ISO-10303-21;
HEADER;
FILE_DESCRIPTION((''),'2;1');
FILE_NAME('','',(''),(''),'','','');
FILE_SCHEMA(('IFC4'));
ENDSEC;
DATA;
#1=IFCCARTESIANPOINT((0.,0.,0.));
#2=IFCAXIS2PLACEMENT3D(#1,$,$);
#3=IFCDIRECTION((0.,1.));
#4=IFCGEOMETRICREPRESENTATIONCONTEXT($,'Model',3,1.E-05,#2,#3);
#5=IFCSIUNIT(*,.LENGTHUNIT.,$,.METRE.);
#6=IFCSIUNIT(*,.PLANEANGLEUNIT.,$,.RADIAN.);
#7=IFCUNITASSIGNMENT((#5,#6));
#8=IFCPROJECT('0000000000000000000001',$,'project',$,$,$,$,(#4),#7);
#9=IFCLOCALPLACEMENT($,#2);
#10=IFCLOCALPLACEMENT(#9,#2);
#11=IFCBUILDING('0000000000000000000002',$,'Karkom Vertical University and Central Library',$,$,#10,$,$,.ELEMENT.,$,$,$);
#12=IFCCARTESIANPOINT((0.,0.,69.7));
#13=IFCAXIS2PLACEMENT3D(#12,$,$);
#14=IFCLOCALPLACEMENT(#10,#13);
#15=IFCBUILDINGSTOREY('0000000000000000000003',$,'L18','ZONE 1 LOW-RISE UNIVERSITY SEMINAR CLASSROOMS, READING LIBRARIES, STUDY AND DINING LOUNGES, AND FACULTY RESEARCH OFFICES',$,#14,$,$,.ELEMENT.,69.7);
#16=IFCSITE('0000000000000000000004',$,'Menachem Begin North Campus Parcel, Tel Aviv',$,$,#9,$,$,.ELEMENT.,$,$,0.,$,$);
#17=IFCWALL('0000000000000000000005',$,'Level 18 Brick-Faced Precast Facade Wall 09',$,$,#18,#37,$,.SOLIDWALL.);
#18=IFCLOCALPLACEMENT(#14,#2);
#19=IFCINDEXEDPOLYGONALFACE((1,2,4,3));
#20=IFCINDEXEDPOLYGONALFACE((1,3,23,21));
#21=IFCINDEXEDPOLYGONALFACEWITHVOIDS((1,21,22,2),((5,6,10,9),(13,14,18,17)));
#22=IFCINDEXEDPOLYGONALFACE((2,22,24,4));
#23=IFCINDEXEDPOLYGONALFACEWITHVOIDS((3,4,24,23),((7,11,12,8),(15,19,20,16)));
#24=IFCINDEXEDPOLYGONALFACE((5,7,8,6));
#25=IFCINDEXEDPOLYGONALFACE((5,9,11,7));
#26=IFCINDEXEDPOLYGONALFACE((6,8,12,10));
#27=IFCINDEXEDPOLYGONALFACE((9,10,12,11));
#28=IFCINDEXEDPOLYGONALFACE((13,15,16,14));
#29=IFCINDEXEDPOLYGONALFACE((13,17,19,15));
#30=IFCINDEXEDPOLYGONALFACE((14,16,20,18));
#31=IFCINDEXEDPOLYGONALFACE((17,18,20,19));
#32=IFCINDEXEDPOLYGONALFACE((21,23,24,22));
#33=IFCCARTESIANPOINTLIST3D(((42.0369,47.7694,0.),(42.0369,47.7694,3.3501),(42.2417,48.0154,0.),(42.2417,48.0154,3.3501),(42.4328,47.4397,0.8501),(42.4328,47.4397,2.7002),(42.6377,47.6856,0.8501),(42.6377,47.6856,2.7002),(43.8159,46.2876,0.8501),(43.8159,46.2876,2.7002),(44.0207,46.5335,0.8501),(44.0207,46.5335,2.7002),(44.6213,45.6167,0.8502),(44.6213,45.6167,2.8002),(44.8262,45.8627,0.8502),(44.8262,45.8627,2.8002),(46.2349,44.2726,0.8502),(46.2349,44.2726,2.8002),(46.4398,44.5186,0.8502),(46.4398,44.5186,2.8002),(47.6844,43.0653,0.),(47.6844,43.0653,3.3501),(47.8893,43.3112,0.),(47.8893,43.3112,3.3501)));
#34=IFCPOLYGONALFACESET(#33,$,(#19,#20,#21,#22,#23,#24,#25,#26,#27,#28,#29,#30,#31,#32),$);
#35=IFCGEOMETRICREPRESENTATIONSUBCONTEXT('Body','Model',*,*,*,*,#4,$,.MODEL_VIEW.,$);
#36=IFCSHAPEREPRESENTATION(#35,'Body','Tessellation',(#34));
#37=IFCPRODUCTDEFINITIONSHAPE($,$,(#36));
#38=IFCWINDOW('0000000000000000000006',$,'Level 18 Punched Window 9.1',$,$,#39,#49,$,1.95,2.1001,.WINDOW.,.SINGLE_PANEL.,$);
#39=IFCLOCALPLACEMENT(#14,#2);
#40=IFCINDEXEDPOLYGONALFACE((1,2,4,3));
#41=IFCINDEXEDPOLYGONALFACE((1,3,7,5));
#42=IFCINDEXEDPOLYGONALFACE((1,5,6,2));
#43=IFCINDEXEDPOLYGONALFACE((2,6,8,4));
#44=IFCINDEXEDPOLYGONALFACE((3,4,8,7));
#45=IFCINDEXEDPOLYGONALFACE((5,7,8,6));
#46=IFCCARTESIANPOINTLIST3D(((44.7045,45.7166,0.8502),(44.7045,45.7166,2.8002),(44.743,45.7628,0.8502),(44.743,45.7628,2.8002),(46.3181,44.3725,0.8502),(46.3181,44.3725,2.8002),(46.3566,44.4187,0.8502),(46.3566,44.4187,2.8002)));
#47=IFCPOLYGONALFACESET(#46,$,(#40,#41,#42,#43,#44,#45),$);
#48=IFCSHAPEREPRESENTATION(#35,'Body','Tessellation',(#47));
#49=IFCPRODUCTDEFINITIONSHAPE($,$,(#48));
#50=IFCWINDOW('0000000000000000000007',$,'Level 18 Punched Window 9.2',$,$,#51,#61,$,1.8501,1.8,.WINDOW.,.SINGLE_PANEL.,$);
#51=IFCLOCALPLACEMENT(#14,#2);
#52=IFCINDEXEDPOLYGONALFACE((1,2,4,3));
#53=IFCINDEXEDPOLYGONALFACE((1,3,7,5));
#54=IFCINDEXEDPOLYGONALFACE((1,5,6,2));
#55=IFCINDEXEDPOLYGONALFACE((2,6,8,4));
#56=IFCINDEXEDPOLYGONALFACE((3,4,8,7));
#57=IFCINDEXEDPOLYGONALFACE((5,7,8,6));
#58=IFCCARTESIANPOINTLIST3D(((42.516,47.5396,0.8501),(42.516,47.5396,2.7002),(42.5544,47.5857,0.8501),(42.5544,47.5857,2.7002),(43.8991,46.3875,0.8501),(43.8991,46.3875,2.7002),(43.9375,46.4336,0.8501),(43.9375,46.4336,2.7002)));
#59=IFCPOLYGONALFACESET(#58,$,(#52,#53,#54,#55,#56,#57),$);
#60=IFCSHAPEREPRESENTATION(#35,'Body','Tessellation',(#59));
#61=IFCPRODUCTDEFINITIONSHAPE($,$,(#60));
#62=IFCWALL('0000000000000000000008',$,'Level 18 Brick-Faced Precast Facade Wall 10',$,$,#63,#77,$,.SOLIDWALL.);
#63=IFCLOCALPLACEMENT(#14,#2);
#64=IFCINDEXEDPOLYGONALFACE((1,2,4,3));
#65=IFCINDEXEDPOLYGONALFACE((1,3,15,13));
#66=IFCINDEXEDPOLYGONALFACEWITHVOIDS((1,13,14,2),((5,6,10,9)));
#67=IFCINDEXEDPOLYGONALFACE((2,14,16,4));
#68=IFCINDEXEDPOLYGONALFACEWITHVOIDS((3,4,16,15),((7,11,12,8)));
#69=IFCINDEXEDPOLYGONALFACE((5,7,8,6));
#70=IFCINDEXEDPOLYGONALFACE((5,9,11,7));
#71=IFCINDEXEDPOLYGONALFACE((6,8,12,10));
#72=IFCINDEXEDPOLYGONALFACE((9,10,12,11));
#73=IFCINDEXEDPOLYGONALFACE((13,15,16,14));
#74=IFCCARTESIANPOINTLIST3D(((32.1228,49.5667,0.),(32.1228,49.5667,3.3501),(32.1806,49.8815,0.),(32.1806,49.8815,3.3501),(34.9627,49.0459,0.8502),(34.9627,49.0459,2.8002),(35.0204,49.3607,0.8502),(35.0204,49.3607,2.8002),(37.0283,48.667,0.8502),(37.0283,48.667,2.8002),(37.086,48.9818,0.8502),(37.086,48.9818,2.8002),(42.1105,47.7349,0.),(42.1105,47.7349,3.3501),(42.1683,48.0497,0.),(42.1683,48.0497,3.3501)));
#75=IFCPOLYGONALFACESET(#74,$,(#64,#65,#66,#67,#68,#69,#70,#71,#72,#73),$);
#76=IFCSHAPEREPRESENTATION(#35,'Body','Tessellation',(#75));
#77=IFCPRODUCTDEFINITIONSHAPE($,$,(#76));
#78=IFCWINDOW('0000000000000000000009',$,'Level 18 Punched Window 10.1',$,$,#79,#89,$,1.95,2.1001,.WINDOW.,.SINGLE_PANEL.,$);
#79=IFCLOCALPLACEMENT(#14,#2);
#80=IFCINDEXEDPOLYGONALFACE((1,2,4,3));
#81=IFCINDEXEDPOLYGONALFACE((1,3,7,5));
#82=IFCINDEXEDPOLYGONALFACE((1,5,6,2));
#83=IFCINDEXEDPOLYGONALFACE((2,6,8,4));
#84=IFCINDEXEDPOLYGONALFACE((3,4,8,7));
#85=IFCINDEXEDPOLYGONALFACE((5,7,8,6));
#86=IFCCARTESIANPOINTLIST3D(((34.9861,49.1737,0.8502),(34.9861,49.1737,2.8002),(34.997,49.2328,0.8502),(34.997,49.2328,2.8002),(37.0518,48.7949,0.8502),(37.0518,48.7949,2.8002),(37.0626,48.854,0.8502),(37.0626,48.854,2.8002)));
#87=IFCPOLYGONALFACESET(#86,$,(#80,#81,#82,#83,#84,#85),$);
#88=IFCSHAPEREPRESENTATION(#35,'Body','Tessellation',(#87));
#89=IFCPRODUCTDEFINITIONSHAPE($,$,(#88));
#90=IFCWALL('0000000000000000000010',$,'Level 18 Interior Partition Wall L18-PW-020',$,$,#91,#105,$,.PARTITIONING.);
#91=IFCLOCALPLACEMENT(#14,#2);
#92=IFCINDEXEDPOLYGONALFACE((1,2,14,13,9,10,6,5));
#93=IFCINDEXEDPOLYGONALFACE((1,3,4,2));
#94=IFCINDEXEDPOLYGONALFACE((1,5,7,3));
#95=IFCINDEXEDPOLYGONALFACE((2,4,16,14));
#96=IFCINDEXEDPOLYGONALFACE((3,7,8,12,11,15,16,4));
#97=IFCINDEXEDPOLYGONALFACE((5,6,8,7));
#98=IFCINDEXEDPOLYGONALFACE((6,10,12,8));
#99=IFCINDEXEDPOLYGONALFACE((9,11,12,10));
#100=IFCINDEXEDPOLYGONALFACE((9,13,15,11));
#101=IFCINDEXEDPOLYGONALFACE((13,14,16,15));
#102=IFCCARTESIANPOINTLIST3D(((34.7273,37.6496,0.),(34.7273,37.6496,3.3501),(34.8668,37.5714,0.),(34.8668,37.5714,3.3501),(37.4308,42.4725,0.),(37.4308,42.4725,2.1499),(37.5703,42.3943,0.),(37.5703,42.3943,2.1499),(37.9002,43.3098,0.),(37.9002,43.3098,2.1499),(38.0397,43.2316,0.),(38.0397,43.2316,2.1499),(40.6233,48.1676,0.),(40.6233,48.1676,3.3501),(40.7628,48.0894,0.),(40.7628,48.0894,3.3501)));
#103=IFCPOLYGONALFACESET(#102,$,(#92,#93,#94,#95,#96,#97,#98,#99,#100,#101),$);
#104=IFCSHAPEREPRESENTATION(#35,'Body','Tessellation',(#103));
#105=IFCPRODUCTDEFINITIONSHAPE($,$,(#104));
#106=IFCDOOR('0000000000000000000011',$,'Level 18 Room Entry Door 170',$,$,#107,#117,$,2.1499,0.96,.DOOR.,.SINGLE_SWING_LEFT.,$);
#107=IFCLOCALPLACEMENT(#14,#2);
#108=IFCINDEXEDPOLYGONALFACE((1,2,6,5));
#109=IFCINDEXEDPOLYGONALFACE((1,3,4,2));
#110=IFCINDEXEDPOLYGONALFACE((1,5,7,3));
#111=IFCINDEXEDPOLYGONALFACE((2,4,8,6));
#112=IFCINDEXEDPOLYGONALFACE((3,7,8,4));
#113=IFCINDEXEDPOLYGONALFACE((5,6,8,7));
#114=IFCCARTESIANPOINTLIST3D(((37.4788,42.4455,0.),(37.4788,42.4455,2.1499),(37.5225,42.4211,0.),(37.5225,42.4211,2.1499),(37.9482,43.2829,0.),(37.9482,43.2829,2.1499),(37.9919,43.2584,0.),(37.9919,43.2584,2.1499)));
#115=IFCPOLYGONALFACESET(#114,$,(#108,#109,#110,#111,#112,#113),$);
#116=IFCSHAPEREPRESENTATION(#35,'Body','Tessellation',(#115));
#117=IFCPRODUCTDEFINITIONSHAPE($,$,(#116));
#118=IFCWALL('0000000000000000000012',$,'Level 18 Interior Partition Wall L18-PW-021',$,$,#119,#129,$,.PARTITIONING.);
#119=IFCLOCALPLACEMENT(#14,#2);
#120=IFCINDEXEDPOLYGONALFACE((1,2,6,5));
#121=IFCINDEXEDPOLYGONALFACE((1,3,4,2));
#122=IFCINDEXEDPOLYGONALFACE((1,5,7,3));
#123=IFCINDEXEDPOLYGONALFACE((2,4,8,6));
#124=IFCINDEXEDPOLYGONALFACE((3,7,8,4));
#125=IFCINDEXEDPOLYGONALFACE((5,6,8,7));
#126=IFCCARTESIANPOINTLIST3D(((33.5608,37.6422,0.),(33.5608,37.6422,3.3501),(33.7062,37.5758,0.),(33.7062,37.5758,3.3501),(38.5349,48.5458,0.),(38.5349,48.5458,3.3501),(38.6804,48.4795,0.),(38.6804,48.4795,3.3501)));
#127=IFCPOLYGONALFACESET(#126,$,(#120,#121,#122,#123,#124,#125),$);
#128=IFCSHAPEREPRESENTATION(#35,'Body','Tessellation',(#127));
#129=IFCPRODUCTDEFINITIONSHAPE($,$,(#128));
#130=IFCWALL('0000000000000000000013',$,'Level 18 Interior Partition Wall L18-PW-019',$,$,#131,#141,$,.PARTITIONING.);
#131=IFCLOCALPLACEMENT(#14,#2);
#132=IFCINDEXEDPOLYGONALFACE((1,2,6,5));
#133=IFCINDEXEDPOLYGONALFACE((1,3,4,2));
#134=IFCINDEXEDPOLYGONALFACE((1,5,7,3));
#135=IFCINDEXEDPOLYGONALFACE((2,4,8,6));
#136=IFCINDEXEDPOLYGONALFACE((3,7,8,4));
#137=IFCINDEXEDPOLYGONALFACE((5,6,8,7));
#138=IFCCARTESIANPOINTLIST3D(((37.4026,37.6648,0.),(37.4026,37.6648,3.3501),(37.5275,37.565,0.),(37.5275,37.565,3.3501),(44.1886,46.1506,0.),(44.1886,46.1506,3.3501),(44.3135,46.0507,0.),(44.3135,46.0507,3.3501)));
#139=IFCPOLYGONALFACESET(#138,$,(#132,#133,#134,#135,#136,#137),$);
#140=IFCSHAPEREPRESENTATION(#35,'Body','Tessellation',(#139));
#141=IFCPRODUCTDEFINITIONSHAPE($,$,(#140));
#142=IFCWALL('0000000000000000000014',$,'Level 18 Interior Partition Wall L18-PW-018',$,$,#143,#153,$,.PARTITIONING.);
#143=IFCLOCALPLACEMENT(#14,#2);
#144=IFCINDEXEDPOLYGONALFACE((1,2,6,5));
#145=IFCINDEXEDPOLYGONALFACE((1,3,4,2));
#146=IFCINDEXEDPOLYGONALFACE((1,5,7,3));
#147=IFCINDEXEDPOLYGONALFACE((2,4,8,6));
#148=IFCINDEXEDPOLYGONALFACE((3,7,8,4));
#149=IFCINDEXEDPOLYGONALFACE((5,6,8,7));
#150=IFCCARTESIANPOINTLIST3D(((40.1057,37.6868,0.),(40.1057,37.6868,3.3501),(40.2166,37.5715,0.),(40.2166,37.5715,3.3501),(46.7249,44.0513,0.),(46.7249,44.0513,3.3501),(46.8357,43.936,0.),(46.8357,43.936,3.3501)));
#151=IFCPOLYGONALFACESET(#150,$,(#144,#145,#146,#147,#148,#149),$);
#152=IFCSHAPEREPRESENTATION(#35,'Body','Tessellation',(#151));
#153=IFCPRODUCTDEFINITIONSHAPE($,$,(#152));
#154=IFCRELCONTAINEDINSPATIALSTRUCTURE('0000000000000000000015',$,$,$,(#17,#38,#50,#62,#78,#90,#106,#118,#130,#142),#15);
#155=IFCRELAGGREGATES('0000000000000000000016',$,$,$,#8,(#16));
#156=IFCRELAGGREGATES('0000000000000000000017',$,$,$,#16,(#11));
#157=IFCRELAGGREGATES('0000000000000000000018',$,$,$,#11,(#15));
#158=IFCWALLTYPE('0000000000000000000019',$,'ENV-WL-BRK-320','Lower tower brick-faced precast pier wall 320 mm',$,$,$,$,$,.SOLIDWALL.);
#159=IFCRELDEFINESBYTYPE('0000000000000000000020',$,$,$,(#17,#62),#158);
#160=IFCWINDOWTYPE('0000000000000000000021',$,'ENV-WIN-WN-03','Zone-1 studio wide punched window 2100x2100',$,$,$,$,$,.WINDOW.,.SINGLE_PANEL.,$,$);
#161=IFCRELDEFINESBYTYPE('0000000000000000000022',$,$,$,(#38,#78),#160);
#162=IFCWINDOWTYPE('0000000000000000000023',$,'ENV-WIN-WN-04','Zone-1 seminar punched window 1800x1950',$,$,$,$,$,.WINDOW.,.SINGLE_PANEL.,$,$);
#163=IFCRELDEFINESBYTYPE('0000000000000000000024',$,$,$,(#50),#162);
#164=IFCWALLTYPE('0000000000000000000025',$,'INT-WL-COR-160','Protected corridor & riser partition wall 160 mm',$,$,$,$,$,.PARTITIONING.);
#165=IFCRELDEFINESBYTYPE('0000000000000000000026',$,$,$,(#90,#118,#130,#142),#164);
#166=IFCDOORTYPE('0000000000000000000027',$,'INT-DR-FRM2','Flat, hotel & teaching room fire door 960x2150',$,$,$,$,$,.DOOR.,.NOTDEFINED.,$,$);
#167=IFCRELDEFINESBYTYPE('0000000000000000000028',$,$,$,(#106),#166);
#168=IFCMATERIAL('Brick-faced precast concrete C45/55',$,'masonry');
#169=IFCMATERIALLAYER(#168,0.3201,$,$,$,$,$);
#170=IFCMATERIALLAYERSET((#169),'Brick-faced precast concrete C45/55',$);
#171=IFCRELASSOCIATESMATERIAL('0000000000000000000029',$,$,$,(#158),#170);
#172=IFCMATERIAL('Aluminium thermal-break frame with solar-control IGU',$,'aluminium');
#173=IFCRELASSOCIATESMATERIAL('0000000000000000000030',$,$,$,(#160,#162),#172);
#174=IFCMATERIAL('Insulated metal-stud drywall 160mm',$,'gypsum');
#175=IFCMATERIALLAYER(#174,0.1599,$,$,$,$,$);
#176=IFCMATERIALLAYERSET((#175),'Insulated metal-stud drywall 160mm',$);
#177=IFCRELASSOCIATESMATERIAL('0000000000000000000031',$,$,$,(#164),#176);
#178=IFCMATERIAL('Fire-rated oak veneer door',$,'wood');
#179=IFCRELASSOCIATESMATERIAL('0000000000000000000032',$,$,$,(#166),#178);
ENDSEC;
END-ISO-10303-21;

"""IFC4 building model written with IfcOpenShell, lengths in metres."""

from ifc_helpers import new_model, si_unit, direction, frame, frame_2d, origin, origin_with_axes, place, context, subcontext, project, spatial, rectangle, extrude, source, transform, mapped, material, layer, layer_set, type_object, element, fill, save


model = new_model("IFC4")

# Units and contexts
model_context = context("Model", 3, precision=1e-05, world=origin(), true_north=direction((0.0, 1.0)))
body_context = subcontext(model_context, "Body", "Model", "MODEL_VIEW")
ifc_project = project(units=[si_unit("LENGTHUNIT", "METRE"), si_unit("PLANEANGLEUNIT", "RADIAN")], contexts=[model_context])

# Site, building, storey
site_placement = place(None, origin())
site = spatial("IfcSite", under=ifc_project, at=site_placement, Name="Menachem Begin North Campus Parcel, Tel Aviv", CompositionType="ELEMENT", RefElevation=0.0)
building_placement = place(site_placement, origin())
building = spatial("IfcBuilding", under=site, at=building_placement, Name="Karkom Vertical University and Central Library", CompositionType="ELEMENT")
storey_placement = place(building_placement, frame((0.0, 0.0, 69.7)))
storey = spatial("IfcBuildingStorey", under=building, at=storey_placement, Name="L18", Description="ZONE 1 LOW-RISE UNIVERSITY SEMINAR CLASSROOMS, READING LIBRARIES, STUDY AND DINING LOUNGES, AND FACULTY RESEARCH OFFICES", CompositionType="ELEMENT", Elevation=69.7)

# Wall, openings, windows
ifc_material_1 = material(Name="Brick-faced precast concrete C45/55", Category="masonry")
ifc_layer_1 = layer(ifc_material_1, 0.3201)
ifc_layer_set_1 = layer_set([ifc_layer_1], Name="Brick-faced precast concrete C45/55")
wall_type_1 = type_object("IfcWallType", Name="ENV-WL-BRK-320", Description="Lower tower brick-faced precast pier wall 320 mm", PredefinedType="SOLIDWALL", material=ifc_layer_set_1)
wall_1_placement = place(storey_placement, frame((47.7869, 43.1882, 0.0), z_axis=(0.0, 0.0, 1.0), x_axis=(-0.768363, 0.640014, 0.0)))
wall_1 = element("IfcWall", 1, at=wall_1_placement, inside=storey, type_object=wall_type_1, Name="Level 18 Brick-Faced Precast Facade Wall 09", PredefinedType="SOLIDWALL", context=body_context, shape_type="SweptSolid", body=[
    extrude(rectangle(XDim=7.3501, YDim=0.3201, at=frame_2d((3.675, 0.0))), origin(), (0.0, 0.0, 1.0), 3.3501),
])
opening_1_placement = place(wall_1_placement, frame((1.8865, 0.0, 0.8501)))
opening_1 = element("IfcOpeningElement", 2, at=opening_1_placement, cuts=wall_1, PredefinedType="OPENING", context=body_context, shape_type="SweptSolid", body=[
    extrude(rectangle(XDim=2.1001, YDim=1.95, at=frame_2d((1.05, 0.9751))), frame((0.0, 0.1699, 0.0), z_axis=(0.0, -1.0, 0.0), x_axis=(1.0, 0.0, 0.0)), (0.0, 0.0, 1.0), 0.3401),
])
opening_2_placement = place(wall_1_placement, frame((5.0349, 0.0, 0.8501)))
opening_2 = element("IfcOpeningElement", 3, at=opening_2_placement, cuts=wall_1, PredefinedType="OPENING", context=body_context, shape_type="SweptSolid", body=[
    extrude(rectangle(XDim=1.8, YDim=1.8501, at=frame_2d((0.8999, 0.925))), frame((0.0, 0.1699, 0.0), z_axis=(0.0, -1.0, 0.0), x_axis=(1.0, 0.0, 0.0)), (0.0, 0.0, 1.0), 0.3401),
])
ifc_material_2 = material(Name="Aluminium thermal-break frame with solar-control IGU", Category="aluminium")
window_type_1 = type_object("IfcWindowType", Name="ENV-WIN-WN-03", Description="Zone-1 studio wide punched window 2100x2100", PartitioningType="SINGLE_PANEL", PredefinedType="WINDOW", material=ifc_material_2)
shared_shape_1 = source(origin_with_axes(), body_context, "Body", "SweptSolid", [
    extrude(rectangle(XDim=2.1001, YDim=1.95, at=frame_2d((1.05, 0.9751))), frame((0.0, 0.03, 0.0), z_axis=(0.0, -1.0, 0.0), x_axis=(1.0, 0.0, 0.0)), (0.0, 0.0, 1.0), 0.0601),
])
window_1_placement = place(opening_1_placement, origin())
window_1 = element("IfcWindow", 4, at=window_1_placement, inside=storey, type_object=window_type_1, Name="Level 18 Punched Window 9.1", OverallHeight=1.95, OverallWidth=2.1001, PartitioningType="SINGLE_PANEL", PredefinedType="WINDOW", context=body_context, shape_type="MappedRepresentation", body=[
    mapped(shared_shape_1, transform((0.0, 0.0, 0.0), scale=1.0)),
])
fill(opening_1, window_1)
window_type_2 = type_object("IfcWindowType", Name="ENV-WIN-WN-04", Description="Zone-1 seminar punched window 1800x1950", PartitioningType="SINGLE_PANEL", PredefinedType="WINDOW", material=ifc_material_2)
shared_shape_2 = source(origin_with_axes(), body_context, "Body", "SweptSolid", [
    extrude(rectangle(XDim=1.8, YDim=1.8501, at=frame_2d((0.8999, 0.925))), frame((0.0, 0.03, 0.0), z_axis=(0.0, -1.0, 0.0), x_axis=(1.0, 0.0, 0.0)), (0.0, 0.0, 1.0), 0.0601),
])
window_2_placement = place(opening_2_placement, origin())
window_2 = element("IfcWindow", 5, at=window_2_placement, inside=storey, type_object=window_type_2, Name="Level 18 Punched Window 9.2", OverallHeight=1.8501, OverallWidth=1.8, PartitioningType="SINGLE_PANEL", PredefinedType="WINDOW", context=body_context, shape_type="MappedRepresentation", body=[
    mapped(shared_shape_2, transform((0.0, 0.0, 0.0), scale=1.0)),
])
fill(opening_2, window_2)

# Wall, opening, window
wall_2_placement = place(storey_placement, frame((42.1394, 47.8923, 0.0), z_axis=(0.0, 0.0, 1.0), x_axis=(-0.983594, 0.180394, 0.0)))
wall_2 = element("IfcWall", 6, at=wall_2_placement, inside=storey, type_object=wall_type_1, Name="Level 18 Brick-Faced Precast Facade Wall 10", PredefinedType="SOLIDWALL", context=body_context, shape_type="SweptSolid", body=[
    extrude(rectangle(XDim=10.1543, YDim=0.3201, at=frame_2d((5.0771, 0.0))), origin(), (0.0, 0.0, 1.0), 3.3501),
])
opening_3_placement = place(wall_2_placement, frame((5.167, 0.0, 0.8501)))
opening_3 = element("IfcOpeningElement", 7, at=opening_3_placement, cuts=wall_2, PredefinedType="OPENING", context=body_context, shape_type="SweptSolid", body=[
    extrude(rectangle(XDim=2.1001, YDim=1.95, at=frame_2d((1.05, 0.9751))), frame((0.0, 0.1699, 0.0), z_axis=(0.0, -1.0, 0.0), x_axis=(1.0, 0.0, 0.0)), (0.0, 0.0, 1.0), 0.3401),
])
window_3_placement = place(opening_3_placement, origin())
window_3 = element("IfcWindow", 8, at=window_3_placement, inside=storey, type_object=window_type_1, Name="Level 18 Punched Window 10.1", OverallHeight=1.95, OverallWidth=2.1001, PartitioningType="SINGLE_PANEL", PredefinedType="WINDOW", context=body_context, shape_type="MappedRepresentation", body=[
    mapped(shared_shape_1, transform((0.0, 0.0, 0.0), scale=1.0)),
])
fill(opening_3, window_3)

# Shared definitions
ifc_material_3 = material(Name="Insulated metal-stud drywall 160mm", Category="gypsum")
ifc_layer_2 = layer(ifc_material_3, 0.1599)
ifc_layer_set_2 = layer_set([ifc_layer_2], Name="Insulated metal-stud drywall 160mm")
wall_type_2 = type_object("IfcWallType", Name="INT-WL-COR-160", Description="Protected corridor & riser partition wall 160 mm", PredefinedType="PARTITIONING", material=ifc_layer_set_2)
ifc_material_4 = material(Name="Fire-rated oak veneer door", Category="wood")
door_type_1 = type_object("IfcDoorType", Name="INT-DR-FRM2", Description="Flat, hotel & teaching room fire door 960x2150", OperationType="NOTDEFINED", PredefinedType="DOOR", material=ifc_material_4)
shared_shape_3 = source(origin_with_axes(), body_context, "Body", "SweptSolid", [
    extrude(rectangle(XDim=0.96, YDim=2.1499, at=frame_2d((0.48, 1.075))), frame((0.0, 0.0249, 0.0), z_axis=(0.0, -1.0, 0.0), x_axis=(1.0, 0.0, 0.0)), (0.0, 0.0, 1.0), 0.05),
])

# Wall, opening, door
wall_3_placement = place(storey_placement, frame((34.7971, 37.6106, 0.0), z_axis=(0.0, 0.0, 1.0), x_axis=(0.488974, 0.872298, 0.0)))
wall_3 = element("IfcWall", 9, at=wall_3_placement, inside=storey, type_object=wall_type_2, Name="Level 18 Interior Partition Wall L18-PW-020", PredefinedType="PARTITIONING", context=body_context, shape_type="SweptSolid", body=[
    extrude(rectangle(XDim=12.0579, YDim=0.1599, at=frame_2d((6.0288, 0.0))), origin(), (0.0, 0.0, 1.0), 3.3501),
])
opening_4_placement = place(wall_3_placement, frame((5.5288, 0.0, 0.0)))
opening_4 = element("IfcOpeningElement", 10, at=opening_4_placement, cuts=wall_3, PredefinedType="OPENING", context=body_context, shape_type="SweptSolid", body=[
    extrude(rectangle(XDim=0.96, YDim=2.1499, at=frame_2d((0.48, 1.075))), frame((0.0, 0.0898, 0.0), z_axis=(0.0, -1.0, 0.0), x_axis=(1.0, 0.0, 0.0)), (0.0, 0.0, 1.0), 0.1799),
])
door_1_placement = place(opening_4_placement, origin())
door_1 = element("IfcDoor", 11, at=door_1_placement, inside=storey, type_object=door_type_1, Name="Level 18 Room Entry Door 170", OperationType="SINGLE_SWING_LEFT", OverallHeight=2.1499, OverallWidth=0.96, PredefinedType="DOOR", context=body_context, shape_type="MappedRepresentation", body=[
    mapped(shared_shape_3, transform((0.0, 0.0, 0.0), scale=1.0)),
])
fill(opening_4, door_1)

# Walls
wall_4_placement = place(storey_placement, frame((33.6335, 37.6091, 0.0), z_axis=(0.0, 0.0, 1.0), x_axis=(0.415044, 0.909801, 0.0)))
element("IfcWall", 12, at=wall_4_placement, inside=storey, type_object=wall_type_2, Name="Level 18 Interior Partition Wall L18-PW-021", PredefinedType="PARTITIONING", context=body_context, shape_type="SweptSolid", body=[
    extrude(rectangle(XDim=11.9846, YDim=0.1599, at=frame_2d((5.9922, 0.0))), origin(), (0.0, 0.0, 1.0), 3.3501),
])
wall_5_placement = place(storey_placement, frame((37.4651, 37.615, 0.0), z_axis=(0.0, 0.0, 1.0), x_axis=(0.624553, 0.780983, 0.0)))
element("IfcWall", 13, at=wall_5_placement, inside=storey, type_object=wall_type_2, Name="Level 18 Interior Partition Wall L18-PW-019", PredefinedType="PARTITIONING", context=body_context, shape_type="SweptSolid", body=[
    extrude(rectangle(XDim=10.8655, YDim=0.1599, at=frame_2d((5.4326, 0.0))), origin(), (0.0, 0.0, 1.0), 3.3501),
])
wall_6_placement = place(storey_placement, frame((40.1611, 37.6292, 0.0), z_axis=(0.0, 0.0, 1.0), x_axis=(0.720836, 0.693106, 0.0)))
element("IfcWall", 14, at=wall_6_placement, inside=storey, type_object=wall_type_2, Name="Level 18 Interior Partition Wall L18-PW-018", PredefinedType="PARTITIONING", context=body_context, shape_type="SweptSolid", body=[
    extrude(rectangle(XDim=9.1826, YDim=0.1599, at=frame_2d((4.5913, 0.0))), origin(), (0.0, 0.0, 1.0), 3.3501),
])

save(model, "model.ifc")
